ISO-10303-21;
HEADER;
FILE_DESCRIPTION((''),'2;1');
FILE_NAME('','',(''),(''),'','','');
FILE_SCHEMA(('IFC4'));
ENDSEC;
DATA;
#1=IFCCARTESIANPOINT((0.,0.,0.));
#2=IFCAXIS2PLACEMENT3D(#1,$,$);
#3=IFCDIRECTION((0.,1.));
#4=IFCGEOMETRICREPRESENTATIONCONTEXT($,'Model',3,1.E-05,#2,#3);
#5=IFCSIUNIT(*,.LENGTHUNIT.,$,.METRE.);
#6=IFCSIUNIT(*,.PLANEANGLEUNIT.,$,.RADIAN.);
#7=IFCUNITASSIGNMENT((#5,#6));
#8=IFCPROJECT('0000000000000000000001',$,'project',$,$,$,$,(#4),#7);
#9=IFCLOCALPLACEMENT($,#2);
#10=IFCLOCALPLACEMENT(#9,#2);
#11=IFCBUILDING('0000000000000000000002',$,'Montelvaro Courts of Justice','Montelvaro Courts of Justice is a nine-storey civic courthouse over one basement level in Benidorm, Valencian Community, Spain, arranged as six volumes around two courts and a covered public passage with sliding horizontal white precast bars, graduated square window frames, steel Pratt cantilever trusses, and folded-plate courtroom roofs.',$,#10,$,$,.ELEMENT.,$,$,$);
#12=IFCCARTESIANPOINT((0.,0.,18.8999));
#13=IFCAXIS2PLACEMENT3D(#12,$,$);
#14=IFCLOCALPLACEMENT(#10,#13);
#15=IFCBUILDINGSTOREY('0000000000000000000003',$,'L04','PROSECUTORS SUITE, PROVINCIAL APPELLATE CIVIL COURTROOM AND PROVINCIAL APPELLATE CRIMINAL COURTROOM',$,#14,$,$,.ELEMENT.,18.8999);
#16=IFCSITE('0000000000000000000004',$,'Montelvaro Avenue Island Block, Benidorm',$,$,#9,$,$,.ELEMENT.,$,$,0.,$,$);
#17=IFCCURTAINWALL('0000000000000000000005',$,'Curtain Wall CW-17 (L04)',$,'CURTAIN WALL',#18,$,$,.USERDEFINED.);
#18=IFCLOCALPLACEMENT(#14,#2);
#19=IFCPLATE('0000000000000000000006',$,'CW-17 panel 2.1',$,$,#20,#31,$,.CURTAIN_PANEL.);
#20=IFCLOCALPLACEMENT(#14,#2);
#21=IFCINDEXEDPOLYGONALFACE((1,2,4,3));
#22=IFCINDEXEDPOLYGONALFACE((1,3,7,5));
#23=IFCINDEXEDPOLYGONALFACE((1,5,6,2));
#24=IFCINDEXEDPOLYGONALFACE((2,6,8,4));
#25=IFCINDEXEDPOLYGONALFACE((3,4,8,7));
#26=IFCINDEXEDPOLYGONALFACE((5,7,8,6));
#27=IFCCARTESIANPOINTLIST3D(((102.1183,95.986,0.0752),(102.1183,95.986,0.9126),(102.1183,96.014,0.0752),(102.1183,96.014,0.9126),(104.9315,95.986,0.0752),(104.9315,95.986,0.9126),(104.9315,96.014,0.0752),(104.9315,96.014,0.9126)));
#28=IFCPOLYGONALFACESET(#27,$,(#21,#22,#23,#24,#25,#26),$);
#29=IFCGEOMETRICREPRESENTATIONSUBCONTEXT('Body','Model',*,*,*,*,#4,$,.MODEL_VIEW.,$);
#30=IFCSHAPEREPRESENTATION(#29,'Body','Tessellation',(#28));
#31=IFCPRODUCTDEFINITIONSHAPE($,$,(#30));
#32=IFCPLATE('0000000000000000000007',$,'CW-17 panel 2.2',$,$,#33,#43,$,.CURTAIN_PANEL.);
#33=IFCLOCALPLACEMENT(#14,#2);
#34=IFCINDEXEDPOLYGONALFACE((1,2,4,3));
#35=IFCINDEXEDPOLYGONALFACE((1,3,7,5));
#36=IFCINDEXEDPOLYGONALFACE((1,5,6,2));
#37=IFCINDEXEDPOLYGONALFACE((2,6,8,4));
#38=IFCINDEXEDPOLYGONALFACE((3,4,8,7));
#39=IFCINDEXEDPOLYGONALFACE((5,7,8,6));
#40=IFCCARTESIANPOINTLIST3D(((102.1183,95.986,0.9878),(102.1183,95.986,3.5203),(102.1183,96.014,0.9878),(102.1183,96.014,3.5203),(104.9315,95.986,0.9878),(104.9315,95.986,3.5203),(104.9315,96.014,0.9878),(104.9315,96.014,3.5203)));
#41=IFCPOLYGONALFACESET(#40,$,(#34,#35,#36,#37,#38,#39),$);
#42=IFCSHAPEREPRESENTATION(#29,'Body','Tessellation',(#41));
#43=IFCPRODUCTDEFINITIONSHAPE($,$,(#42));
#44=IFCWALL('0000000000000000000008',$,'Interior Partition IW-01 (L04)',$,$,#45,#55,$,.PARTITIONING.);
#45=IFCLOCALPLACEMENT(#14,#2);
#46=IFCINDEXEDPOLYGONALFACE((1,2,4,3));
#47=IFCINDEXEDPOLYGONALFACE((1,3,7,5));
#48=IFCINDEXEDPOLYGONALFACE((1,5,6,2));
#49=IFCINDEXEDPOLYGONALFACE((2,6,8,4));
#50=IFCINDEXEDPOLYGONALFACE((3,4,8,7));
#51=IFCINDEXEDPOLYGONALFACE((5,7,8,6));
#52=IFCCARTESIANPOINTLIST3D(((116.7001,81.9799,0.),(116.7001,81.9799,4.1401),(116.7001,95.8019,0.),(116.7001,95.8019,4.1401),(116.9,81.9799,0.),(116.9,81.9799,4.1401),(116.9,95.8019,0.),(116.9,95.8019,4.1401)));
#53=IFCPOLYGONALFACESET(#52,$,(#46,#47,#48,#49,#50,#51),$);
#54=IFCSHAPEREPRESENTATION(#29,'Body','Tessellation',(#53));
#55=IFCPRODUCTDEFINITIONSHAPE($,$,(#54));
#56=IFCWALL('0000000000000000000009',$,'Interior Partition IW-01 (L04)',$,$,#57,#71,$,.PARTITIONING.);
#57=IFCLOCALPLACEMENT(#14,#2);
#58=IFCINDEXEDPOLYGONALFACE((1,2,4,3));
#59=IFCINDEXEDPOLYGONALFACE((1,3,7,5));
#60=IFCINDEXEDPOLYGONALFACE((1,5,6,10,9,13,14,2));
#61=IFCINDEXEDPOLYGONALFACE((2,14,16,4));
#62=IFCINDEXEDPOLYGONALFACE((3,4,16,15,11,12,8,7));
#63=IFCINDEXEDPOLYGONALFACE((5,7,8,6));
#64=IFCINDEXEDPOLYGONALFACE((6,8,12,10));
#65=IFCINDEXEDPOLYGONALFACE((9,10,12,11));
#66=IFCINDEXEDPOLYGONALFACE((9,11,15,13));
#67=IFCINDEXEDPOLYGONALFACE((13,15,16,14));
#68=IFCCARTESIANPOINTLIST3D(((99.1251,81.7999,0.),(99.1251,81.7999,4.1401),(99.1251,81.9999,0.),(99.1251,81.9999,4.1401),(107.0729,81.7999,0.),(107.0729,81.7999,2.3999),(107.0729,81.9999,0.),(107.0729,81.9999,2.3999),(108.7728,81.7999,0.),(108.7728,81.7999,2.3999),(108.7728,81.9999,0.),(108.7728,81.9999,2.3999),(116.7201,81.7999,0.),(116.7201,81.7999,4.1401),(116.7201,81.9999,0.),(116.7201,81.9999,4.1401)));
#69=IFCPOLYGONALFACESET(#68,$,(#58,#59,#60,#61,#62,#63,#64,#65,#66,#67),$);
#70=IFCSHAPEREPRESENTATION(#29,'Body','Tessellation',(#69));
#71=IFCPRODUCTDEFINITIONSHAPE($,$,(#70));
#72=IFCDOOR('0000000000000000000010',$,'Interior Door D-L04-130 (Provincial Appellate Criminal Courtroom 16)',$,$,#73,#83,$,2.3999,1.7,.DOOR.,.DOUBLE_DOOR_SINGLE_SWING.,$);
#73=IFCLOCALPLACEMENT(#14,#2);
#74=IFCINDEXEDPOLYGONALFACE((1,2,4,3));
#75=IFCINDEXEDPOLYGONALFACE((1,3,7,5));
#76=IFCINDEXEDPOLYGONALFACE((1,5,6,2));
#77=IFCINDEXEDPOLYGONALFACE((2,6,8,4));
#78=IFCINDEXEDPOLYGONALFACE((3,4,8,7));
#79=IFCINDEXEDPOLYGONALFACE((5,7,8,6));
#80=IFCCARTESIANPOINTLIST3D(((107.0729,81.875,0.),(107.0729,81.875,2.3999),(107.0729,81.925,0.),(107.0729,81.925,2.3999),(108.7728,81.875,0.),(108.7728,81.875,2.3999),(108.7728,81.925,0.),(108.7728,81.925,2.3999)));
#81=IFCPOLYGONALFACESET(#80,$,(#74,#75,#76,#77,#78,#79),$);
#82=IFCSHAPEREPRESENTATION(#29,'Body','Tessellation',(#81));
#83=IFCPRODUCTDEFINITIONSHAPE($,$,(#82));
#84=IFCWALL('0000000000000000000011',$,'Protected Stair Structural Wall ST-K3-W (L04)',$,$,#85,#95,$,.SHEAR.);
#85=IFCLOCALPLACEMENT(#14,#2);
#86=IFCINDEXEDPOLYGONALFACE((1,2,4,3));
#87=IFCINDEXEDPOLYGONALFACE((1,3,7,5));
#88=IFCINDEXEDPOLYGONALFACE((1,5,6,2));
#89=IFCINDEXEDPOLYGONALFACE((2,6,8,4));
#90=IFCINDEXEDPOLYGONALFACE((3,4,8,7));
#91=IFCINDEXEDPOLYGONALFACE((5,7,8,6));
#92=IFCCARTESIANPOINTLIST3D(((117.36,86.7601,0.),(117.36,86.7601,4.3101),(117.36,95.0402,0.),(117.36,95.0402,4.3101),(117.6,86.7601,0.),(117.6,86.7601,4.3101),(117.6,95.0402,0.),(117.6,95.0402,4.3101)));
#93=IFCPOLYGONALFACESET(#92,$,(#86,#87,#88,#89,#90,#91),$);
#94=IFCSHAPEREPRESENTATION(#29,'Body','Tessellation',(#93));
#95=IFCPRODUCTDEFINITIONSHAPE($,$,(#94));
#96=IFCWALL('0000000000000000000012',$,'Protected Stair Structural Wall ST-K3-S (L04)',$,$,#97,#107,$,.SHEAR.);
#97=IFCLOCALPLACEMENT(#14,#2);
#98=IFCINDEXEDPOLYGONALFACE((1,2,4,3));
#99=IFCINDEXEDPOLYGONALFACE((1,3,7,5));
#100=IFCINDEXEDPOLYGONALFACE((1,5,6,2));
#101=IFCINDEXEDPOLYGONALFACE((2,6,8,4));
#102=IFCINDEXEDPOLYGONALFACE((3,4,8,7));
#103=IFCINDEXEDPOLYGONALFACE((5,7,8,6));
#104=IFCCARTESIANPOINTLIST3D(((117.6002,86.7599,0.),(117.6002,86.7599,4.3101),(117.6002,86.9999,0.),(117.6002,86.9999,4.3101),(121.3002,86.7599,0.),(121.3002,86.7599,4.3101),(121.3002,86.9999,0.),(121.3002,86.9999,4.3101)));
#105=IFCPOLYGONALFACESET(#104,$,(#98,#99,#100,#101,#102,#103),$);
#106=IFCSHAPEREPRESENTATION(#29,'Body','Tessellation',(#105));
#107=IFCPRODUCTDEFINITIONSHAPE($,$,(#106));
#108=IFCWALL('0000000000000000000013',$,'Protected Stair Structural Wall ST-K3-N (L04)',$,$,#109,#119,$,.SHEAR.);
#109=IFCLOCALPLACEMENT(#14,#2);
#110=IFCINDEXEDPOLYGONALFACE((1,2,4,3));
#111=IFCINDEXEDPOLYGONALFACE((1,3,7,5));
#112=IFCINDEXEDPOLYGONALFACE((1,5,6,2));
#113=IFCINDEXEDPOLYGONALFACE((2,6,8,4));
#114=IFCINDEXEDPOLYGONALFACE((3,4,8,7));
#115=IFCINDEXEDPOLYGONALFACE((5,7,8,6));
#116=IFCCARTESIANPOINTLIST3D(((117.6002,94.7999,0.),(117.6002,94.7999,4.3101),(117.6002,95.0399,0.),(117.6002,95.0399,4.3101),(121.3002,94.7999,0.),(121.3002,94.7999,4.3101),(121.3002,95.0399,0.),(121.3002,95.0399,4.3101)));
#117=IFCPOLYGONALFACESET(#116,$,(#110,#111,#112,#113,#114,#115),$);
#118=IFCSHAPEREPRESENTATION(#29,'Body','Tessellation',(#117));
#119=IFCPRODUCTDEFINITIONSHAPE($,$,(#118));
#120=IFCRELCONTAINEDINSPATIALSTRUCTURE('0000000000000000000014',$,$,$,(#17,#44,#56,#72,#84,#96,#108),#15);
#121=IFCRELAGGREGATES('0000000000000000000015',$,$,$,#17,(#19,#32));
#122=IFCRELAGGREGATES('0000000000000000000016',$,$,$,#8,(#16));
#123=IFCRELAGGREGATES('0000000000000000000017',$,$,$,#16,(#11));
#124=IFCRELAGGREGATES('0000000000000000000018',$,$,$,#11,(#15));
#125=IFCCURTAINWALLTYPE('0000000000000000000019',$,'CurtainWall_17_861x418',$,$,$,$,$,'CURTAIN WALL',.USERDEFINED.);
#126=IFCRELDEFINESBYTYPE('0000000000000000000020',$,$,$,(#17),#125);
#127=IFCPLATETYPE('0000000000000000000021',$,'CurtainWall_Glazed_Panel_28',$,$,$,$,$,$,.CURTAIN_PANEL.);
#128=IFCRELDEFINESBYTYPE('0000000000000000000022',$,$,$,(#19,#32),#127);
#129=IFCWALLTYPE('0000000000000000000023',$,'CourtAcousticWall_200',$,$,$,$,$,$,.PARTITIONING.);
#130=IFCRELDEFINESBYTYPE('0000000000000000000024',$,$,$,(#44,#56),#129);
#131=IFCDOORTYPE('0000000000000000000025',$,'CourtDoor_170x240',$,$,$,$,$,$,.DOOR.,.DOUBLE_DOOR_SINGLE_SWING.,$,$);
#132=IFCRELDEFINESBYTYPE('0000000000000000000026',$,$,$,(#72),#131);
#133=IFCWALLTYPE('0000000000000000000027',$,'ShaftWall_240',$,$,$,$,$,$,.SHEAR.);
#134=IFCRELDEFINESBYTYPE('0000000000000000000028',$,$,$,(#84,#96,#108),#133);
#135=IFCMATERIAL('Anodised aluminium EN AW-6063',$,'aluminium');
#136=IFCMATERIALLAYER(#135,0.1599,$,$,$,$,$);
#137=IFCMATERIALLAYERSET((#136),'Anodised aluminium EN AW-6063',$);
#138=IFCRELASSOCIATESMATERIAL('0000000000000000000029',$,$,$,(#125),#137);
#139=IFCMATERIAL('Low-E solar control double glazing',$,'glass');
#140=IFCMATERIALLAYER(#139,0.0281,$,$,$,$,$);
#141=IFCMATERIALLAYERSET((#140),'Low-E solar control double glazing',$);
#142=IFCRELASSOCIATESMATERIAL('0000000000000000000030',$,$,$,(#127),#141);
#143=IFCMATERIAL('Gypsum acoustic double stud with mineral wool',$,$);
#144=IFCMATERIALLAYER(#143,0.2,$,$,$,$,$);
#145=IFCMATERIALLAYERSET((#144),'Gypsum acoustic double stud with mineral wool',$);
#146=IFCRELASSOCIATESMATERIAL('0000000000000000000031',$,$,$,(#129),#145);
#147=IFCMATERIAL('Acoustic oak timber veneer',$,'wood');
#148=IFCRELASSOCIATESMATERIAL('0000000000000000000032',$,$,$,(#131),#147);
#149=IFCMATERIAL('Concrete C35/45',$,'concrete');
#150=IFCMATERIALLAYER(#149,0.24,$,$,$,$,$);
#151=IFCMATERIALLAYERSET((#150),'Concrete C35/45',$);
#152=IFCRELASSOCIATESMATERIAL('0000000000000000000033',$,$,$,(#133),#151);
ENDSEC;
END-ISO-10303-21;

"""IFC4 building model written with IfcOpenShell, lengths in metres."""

from ifc_helpers import new_model, si_unit, direction, frame, frame_2d, origin, origin_2d, place, context, subcontext, project, spatial, rectangle, extrude, material, layer, layer_set, type_object, element, fill, aggregate, save


model = new_model("IFC4")

# Units and contexts
model_context = context("Model", 3, precision=1e-05, world=origin(), true_north=direction((0.0, 1.0)))
body_context = subcontext(model_context, "Body", "Model", "MODEL_VIEW")
ifc_project = project(units=[si_unit("LENGTHUNIT", "METRE"), si_unit("PLANEANGLEUNIT", "RADIAN")], contexts=[model_context])

# Site, building, storey
site_placement = place(None, origin())
site = spatial("IfcSite", under=ifc_project, at=site_placement, Name="Montelvaro Avenue Island Block, Benidorm", CompositionType="ELEMENT", RefElevation=0.0)
building_placement = place(site_placement, origin())
building = spatial("IfcBuilding", under=site, at=building_placement, Name="Montelvaro Courts of Justice", Description="Montelvaro Courts of Justice is a nine-storey civic courthouse over one basement level in Benidorm, Valencian Community, Spain, arranged as six volumes around two courts and a covered public passage with sliding horizontal white precast bars, graduated square window frames, steel Pratt cantilever trusses, and folded-plate courtroom roofs.", CompositionType="ELEMENT")
storey_placement = place(building_placement, frame((0.0, 0.0, 18.8999)))
storey = spatial("IfcBuildingStorey", under=building, at=storey_placement, Name="L04", Description="PROSECUTORS SUITE, PROVINCIAL APPELLATE CIVIL COURTROOM AND PROVINCIAL APPELLATE CRIMINAL COURTROOM", CompositionType="ELEMENT", Elevation=18.8999)

# Curtain wall, plates
ifc_material_1 = material(Name="Anodised aluminium EN AW-6063", Category="aluminium")
ifc_layer_1 = layer(ifc_material_1, 0.1599)
ifc_layer_set_1 = layer_set([ifc_layer_1], Name="Anodised aluminium EN AW-6063")
curtain_wall_type = type_object("IfcCurtainWallType", Name="CurtainWall_17_861x418", ElementType="CURTAIN WALL", PredefinedType="USERDEFINED", material=ifc_layer_set_1)
curtain_wall_placement = place(storey_placement, origin())
curtain_wall = element("IfcCurtainWall", 1, at=curtain_wall_placement, inside=storey, type_object=curtain_wall_type, Name="Curtain Wall CW-17 (L04)", ObjectType="CURTAIN WALL", PredefinedType="USERDEFINED")
ifc_material_2 = material(Name="Low-E solar control double glazing", Category="glass")
ifc_layer_2 = layer(ifc_material_2, 0.0281)
ifc_layer_set_2 = layer_set([ifc_layer_2], Name="Low-E solar control double glazing")
plate_type = type_object("IfcPlateType", Name="CurtainWall_Glazed_Panel_28", PredefinedType="CURTAIN_PANEL", material=ifc_layer_set_2)
plate_1_placement = place(storey_placement, frame((103.5249, 96.0, 0.0752), z_axis=(0.0, 0.0, 1.0), x_axis=(-1.0, 0.0, 0.0)))
plate_1 = element("IfcPlate", 2, at=plate_1_placement, type_object=plate_type, Name="CW-17 panel 2.1", PredefinedType="CURTAIN_PANEL", context=body_context, shape_type="SweptSolid", body=[
    extrude(rectangle(XDim=2.8132, YDim=0.0281, at=origin_2d()), origin(), (0.0, 0.0, 1.0), 0.8374),
])
plate_2_placement = place(storey_placement, frame((103.5249, 96.0, 0.9878), z_axis=(0.0, 0.0, 1.0), x_axis=(-1.0, 0.0, 0.0)))
plate_2 = element("IfcPlate", 3, at=plate_2_placement, type_object=plate_type, Name="CW-17 panel 2.2", PredefinedType="CURTAIN_PANEL", context=body_context, shape_type="SweptSolid", body=[
    extrude(rectangle(XDim=2.8132, YDim=0.0281, at=origin_2d()), origin(), (0.0, 0.0, 1.0), 2.5325),
])
aggregate(curtain_wall, [plate_1, plate_2])

# Wall
ifc_material_3 = material(Name="Gypsum acoustic double stud with mineral wool")
ifc_layer_3 = layer(ifc_material_3, 0.2)
ifc_layer_set_3 = layer_set([ifc_layer_3], Name="Gypsum acoustic double stud with mineral wool")
wall_type_1 = type_object("IfcWallType", Name="CourtAcousticWall_200", PredefinedType="PARTITIONING", material=ifc_layer_set_3)
wall_1_placement = place(storey_placement, frame((116.8, 95.802, 0.0), z_axis=(0.0, 0.0, 1.0), x_axis=(0.0, -1.0, 0.0)))
element("IfcWall", 4, at=wall_1_placement, inside=storey, type_object=wall_type_1, Name="Interior Partition IW-01 (L04)", PredefinedType="PARTITIONING", context=body_context, shape_type="SweptSolid", body=[
    extrude(rectangle(XDim=13.822, YDim=0.2, at=frame_2d((6.9111, 0.0))), origin(), (0.0, 0.0, 1.0), 4.1401),
])

# Wall, opening, door
wall_2_placement = place(storey_placement, frame((116.72, 81.8999, 0.0), z_axis=(0.0, 0.0, 1.0), x_axis=(-1.0, 0.0, 0.0)))
wall_2 = element("IfcWall", 5, at=wall_2_placement, inside=storey, type_object=wall_type_1, Name="Interior Partition IW-01 (L04)", PredefinedType="PARTITIONING", context=body_context, shape_type="SweptSolid", body=[
    extrude(rectangle(XDim=17.595, YDim=0.2, at=frame_2d((8.7974, 0.0))), origin(), (0.0, 0.0, 1.0), 4.1401),
])
opening_placement = place(wall_2_placement, frame((7.947, 0.0, 0.0)))
opening = element("IfcOpeningElement", 6, at=opening_placement, cuts=wall_2, PredefinedType="OPENING", context=body_context, shape_type="SweptSolid", body=[
    extrude(rectangle(XDim=1.7, YDim=2.3999, at=frame_2d((0.8501, 1.2))), frame((0.0, 0.1147, 0.0), z_axis=(0.0, -1.0, 0.0), x_axis=(1.0, 0.0, 0.0)), (0.0, 0.0, 1.0), 0.2297),
])
ifc_material_4 = material(Name="Acoustic oak timber veneer", Category="wood")
door_type = type_object("IfcDoorType", Name="CourtDoor_170x240", OperationType="DOUBLE_DOOR_SINGLE_SWING", PredefinedType="DOOR", material=ifc_material_4)
door_placement = place(opening_placement, origin())
door = element("IfcDoor", 7, at=door_placement, inside=storey, type_object=door_type, Name="Interior Door D-L04-130 (Provincial Appellate Criminal Courtroom 16)", OperationType="DOUBLE_DOOR_SINGLE_SWING", OverallHeight=2.3999, OverallWidth=1.7, PredefinedType="DOOR", context=body_context, shape_type="SweptSolid", body=[
    extrude(rectangle(XDim=1.7, YDim=2.3999, at=frame_2d((0.8501, 1.2))), frame((0.0, 0.0249, 0.0), z_axis=(0.0, -1.0, 0.0), x_axis=(1.0, 0.0, 0.0)), (0.0, 0.0, 1.0), 0.05),
])
fill(opening, door)

# Walls
ifc_material_5 = material(Name="Concrete C35/45", Category="concrete")
ifc_layer_4 = layer(ifc_material_5, 0.24)
ifc_layer_set_4 = layer_set([ifc_layer_4], Name="Concrete C35/45")
wall_type_2 = type_object("IfcWallType", Name="ShaftWall_240", PredefinedType="SHEAR", material=ifc_layer_set_4)
wall_3_placement = place(storey_placement, frame((117.48, 86.76, 0.0), z_axis=(0.0, 0.0, 1.0), x_axis=(0.0, 1.0, 0.0)))
element("IfcWall", 8, at=wall_3_placement, inside=storey, type_object=wall_type_2, Name="Protected Stair Structural Wall ST-K3-W (L04)", PredefinedType="SHEAR", context=body_context, shape_type="SweptSolid", body=[
    extrude(rectangle(XDim=8.28, YDim=0.24, at=frame_2d((4.1401, 0.0))), origin(), (0.0, 0.0, 1.0), 4.3101),
])
for number, where, z_axis, x_axis, name in (
    (9, (117.6001, 86.8799, 0.0), (0.0, 0.0, 1.0), (1.0, 0.0, 0.0), "Protected Stair Structural Wall ST-K3-S (L04)"),
    (10, (117.6001, 94.9199, 0.0), (0.0, 0.0, 1.0), (1.0, 0.0, 0.0), "Protected Stair Structural Wall ST-K3-N (L04)"),
):
    element("IfcWall", number, at=place(storey_placement, frame(where, z_axis=z_axis, x_axis=x_axis)), inside=storey, type_object=wall_type_2, Name=name, PredefinedType="SHEAR", context=body_context, shape_type="SweptSolid", body=[
        extrude(rectangle(XDim=3.7, YDim=0.24, at=frame_2d((1.8501, 0.0))), origin(), (0.0, 0.0, 1.0), 4.3101),
    ])

save(model, "model.ifc")
